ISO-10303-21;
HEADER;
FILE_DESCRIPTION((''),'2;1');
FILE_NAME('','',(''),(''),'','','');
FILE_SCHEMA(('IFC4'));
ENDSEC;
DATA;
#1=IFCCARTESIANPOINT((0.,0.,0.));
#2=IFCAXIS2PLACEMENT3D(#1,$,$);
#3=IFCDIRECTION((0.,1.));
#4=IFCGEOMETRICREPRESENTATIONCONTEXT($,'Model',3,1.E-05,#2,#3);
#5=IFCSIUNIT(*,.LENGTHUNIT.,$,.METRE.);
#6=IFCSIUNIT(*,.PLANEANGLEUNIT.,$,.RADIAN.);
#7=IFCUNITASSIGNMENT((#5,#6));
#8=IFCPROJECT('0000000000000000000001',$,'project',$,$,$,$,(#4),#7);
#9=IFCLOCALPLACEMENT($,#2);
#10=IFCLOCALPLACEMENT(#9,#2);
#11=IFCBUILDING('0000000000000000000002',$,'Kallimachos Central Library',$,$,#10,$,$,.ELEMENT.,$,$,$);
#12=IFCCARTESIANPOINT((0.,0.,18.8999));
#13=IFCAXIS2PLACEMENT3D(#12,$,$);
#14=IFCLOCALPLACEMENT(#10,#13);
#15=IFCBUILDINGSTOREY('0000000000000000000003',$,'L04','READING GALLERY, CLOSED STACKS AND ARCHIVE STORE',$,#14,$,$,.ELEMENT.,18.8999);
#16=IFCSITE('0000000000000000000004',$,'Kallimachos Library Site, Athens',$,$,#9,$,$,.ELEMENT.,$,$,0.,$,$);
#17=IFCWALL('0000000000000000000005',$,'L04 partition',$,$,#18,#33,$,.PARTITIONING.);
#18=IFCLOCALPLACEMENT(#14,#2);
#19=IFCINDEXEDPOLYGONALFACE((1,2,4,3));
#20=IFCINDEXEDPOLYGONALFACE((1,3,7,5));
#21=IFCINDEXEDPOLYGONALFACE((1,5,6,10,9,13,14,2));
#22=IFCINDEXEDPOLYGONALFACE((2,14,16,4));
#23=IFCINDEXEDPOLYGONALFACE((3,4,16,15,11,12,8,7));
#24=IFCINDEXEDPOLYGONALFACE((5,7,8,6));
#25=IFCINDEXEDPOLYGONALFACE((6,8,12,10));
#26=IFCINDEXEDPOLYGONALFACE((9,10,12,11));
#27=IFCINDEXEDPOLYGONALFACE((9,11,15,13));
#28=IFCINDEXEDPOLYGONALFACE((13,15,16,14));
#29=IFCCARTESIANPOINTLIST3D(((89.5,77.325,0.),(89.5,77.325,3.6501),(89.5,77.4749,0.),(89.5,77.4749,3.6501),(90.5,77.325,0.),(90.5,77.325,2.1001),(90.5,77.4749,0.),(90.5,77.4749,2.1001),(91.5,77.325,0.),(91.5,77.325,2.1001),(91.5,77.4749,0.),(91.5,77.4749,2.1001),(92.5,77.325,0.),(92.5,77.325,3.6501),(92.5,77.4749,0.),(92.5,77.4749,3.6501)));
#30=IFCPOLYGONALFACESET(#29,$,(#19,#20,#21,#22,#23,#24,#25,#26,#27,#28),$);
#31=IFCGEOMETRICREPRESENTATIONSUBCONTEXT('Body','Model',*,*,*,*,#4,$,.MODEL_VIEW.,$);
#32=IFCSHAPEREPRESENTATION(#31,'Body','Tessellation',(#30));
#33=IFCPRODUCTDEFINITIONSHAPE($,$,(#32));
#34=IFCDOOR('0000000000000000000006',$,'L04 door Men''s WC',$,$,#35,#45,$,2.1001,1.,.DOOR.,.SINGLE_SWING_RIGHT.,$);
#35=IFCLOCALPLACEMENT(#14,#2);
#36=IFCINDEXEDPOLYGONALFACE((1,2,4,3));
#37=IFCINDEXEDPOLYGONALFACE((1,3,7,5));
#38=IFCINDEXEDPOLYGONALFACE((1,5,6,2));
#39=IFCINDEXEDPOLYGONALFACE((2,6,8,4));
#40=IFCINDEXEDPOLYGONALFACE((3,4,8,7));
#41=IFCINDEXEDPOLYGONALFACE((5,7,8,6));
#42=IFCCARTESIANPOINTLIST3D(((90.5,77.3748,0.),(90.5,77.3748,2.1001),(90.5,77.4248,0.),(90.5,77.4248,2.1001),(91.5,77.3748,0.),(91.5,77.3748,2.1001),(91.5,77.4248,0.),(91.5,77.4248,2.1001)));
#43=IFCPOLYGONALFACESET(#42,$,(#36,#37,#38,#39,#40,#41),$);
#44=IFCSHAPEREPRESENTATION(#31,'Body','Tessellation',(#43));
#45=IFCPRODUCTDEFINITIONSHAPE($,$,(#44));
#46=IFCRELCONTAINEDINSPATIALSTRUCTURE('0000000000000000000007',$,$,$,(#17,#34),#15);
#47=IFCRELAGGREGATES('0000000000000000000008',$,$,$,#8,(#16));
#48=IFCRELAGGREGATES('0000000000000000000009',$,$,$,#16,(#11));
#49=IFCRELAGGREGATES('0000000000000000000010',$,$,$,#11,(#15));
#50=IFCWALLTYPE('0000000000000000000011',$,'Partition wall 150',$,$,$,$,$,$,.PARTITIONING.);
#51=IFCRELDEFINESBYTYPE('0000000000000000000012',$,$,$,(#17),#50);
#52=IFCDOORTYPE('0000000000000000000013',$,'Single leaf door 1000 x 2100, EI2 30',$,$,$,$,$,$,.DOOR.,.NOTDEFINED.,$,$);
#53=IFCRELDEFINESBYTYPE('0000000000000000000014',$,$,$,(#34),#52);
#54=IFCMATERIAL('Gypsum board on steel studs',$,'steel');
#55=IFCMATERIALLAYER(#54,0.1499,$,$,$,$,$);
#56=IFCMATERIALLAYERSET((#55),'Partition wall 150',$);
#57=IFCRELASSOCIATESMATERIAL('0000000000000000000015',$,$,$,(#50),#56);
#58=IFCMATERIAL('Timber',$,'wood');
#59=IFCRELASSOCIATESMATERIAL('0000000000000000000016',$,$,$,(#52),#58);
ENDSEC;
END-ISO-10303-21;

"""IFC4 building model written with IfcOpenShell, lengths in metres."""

from ifc_helpers import new_model, si_unit, direction, frame, frame_2d, origin, place, context, subcontext, project, spatial, rectangle, extrude, material, layer, layer_set, type_object, element, fill, save


model = new_model("IFC4")

# Units and contexts
model_context = context("Model", 3, precision=1e-05, world=origin(), true_north=direction((0.0, 1.0)))
body_context = subcontext(model_context, "Body", "Model", "MODEL_VIEW")
ifc_project = project(units=[si_unit("LENGTHUNIT", "METRE"), si_unit("PLANEANGLEUNIT", "RADIAN")], contexts=[model_context])

# Site, building, storey
site_placement = place(None, origin())
site = spatial("IfcSite", under=ifc_project, at=site_placement, Name="Kallimachos Library Site, Athens", CompositionType="ELEMENT", RefElevation=0.0)
building_placement = place(site_placement, origin())
building = spatial("IfcBuilding", under=site, at=building_placement, Name="Kallimachos Central Library", CompositionType="ELEMENT")
storey_placement = place(building_placement, frame((0.0, 0.0, 18.8999)))
storey = spatial("IfcBuildingStorey", under=building, at=storey_placement, Name="L04", Description="READING GALLERY, CLOSED STACKS AND ARCHIVE STORE", CompositionType="ELEMENT", Elevation=18.8999)

# Shared definitions
ifc_material_1 = material(Name="Gypsum board on steel studs", Category="steel")
ifc_layer_1 = layer(ifc_material_1, 0.1499)
ifc_layer_set_1 = layer_set([ifc_layer_1], Name="Partition wall 150")
wall_type = type_object("IfcWallType", Name="Partition wall 150", PredefinedType="PARTITIONING", material=ifc_layer_set_1)

# Wall, opening, door
wall_1_placement = place(storey_placement, frame((89.5, 77.3999, 0.0), z_axis=(0.0, 0.0, 1.0), x_axis=(1.0, 0.0, 0.0)))
wall_1 = element("IfcWall", 1, at=wall_1_placement, inside=storey, type_object=wall_type, Name="L04 partition", PredefinedType="PARTITIONING", context=body_context, shape_type="SweptSolid", body=[
    extrude(rectangle(XDim=3.0, YDim=0.1499, at=frame_2d((1.5, 0.0))), origin(), (0.0, 0.0, 1.0), 3.6501),
])
opening_placement = place(wall_1_placement, frame((1.0, 0.0, 0.0)))
opening = element("IfcOpeningElement", 2, at=opening_placement, cuts=wall_1, PredefinedType="OPENING", context=body_context, shape_type="SweptSolid", body=[
    extrude(rectangle(XDim=1.0, YDim=2.1001, at=frame_2d((0.5, 1.05))), frame((0.0, 0.085, 0.0), z_axis=(0.0, -1.0, 0.0), x_axis=(1.0, 0.0, 0.0)), (0.0, 0.0, 1.0), 0.1699),
])
ifc_material_2 = material(Name="Timber", Category="wood")
door_type = type_object("IfcDoorType", Name="Single leaf door 1000 x 2100, EI2 30", OperationType="NOTDEFINED", PredefinedType="DOOR", material=ifc_material_2)
door_placement = place(opening_placement, origin())
door = element("IfcDoor", 3, at=door_placement, inside=storey, type_object=door_type, Name="L04 door Men's WC", OperationType="SINGLE_SWING_RIGHT", OverallHeight=2.1001, OverallWidth=1.0, PredefinedType="DOOR", context=body_context, shape_type="SweptSolid", body=[
    extrude(rectangle(XDim=1.0, YDim=2.1001, at=frame_2d((0.5, 1.05))), frame((0.0, 0.0249, 0.0), z_axis=(0.0, -1.0, 0.0), x_axis=(1.0, 0.0, 0.0)), (0.0, 0.0, 1.0), 0.05),
])
fill(opening, door)

save(model, "model.ifc")
